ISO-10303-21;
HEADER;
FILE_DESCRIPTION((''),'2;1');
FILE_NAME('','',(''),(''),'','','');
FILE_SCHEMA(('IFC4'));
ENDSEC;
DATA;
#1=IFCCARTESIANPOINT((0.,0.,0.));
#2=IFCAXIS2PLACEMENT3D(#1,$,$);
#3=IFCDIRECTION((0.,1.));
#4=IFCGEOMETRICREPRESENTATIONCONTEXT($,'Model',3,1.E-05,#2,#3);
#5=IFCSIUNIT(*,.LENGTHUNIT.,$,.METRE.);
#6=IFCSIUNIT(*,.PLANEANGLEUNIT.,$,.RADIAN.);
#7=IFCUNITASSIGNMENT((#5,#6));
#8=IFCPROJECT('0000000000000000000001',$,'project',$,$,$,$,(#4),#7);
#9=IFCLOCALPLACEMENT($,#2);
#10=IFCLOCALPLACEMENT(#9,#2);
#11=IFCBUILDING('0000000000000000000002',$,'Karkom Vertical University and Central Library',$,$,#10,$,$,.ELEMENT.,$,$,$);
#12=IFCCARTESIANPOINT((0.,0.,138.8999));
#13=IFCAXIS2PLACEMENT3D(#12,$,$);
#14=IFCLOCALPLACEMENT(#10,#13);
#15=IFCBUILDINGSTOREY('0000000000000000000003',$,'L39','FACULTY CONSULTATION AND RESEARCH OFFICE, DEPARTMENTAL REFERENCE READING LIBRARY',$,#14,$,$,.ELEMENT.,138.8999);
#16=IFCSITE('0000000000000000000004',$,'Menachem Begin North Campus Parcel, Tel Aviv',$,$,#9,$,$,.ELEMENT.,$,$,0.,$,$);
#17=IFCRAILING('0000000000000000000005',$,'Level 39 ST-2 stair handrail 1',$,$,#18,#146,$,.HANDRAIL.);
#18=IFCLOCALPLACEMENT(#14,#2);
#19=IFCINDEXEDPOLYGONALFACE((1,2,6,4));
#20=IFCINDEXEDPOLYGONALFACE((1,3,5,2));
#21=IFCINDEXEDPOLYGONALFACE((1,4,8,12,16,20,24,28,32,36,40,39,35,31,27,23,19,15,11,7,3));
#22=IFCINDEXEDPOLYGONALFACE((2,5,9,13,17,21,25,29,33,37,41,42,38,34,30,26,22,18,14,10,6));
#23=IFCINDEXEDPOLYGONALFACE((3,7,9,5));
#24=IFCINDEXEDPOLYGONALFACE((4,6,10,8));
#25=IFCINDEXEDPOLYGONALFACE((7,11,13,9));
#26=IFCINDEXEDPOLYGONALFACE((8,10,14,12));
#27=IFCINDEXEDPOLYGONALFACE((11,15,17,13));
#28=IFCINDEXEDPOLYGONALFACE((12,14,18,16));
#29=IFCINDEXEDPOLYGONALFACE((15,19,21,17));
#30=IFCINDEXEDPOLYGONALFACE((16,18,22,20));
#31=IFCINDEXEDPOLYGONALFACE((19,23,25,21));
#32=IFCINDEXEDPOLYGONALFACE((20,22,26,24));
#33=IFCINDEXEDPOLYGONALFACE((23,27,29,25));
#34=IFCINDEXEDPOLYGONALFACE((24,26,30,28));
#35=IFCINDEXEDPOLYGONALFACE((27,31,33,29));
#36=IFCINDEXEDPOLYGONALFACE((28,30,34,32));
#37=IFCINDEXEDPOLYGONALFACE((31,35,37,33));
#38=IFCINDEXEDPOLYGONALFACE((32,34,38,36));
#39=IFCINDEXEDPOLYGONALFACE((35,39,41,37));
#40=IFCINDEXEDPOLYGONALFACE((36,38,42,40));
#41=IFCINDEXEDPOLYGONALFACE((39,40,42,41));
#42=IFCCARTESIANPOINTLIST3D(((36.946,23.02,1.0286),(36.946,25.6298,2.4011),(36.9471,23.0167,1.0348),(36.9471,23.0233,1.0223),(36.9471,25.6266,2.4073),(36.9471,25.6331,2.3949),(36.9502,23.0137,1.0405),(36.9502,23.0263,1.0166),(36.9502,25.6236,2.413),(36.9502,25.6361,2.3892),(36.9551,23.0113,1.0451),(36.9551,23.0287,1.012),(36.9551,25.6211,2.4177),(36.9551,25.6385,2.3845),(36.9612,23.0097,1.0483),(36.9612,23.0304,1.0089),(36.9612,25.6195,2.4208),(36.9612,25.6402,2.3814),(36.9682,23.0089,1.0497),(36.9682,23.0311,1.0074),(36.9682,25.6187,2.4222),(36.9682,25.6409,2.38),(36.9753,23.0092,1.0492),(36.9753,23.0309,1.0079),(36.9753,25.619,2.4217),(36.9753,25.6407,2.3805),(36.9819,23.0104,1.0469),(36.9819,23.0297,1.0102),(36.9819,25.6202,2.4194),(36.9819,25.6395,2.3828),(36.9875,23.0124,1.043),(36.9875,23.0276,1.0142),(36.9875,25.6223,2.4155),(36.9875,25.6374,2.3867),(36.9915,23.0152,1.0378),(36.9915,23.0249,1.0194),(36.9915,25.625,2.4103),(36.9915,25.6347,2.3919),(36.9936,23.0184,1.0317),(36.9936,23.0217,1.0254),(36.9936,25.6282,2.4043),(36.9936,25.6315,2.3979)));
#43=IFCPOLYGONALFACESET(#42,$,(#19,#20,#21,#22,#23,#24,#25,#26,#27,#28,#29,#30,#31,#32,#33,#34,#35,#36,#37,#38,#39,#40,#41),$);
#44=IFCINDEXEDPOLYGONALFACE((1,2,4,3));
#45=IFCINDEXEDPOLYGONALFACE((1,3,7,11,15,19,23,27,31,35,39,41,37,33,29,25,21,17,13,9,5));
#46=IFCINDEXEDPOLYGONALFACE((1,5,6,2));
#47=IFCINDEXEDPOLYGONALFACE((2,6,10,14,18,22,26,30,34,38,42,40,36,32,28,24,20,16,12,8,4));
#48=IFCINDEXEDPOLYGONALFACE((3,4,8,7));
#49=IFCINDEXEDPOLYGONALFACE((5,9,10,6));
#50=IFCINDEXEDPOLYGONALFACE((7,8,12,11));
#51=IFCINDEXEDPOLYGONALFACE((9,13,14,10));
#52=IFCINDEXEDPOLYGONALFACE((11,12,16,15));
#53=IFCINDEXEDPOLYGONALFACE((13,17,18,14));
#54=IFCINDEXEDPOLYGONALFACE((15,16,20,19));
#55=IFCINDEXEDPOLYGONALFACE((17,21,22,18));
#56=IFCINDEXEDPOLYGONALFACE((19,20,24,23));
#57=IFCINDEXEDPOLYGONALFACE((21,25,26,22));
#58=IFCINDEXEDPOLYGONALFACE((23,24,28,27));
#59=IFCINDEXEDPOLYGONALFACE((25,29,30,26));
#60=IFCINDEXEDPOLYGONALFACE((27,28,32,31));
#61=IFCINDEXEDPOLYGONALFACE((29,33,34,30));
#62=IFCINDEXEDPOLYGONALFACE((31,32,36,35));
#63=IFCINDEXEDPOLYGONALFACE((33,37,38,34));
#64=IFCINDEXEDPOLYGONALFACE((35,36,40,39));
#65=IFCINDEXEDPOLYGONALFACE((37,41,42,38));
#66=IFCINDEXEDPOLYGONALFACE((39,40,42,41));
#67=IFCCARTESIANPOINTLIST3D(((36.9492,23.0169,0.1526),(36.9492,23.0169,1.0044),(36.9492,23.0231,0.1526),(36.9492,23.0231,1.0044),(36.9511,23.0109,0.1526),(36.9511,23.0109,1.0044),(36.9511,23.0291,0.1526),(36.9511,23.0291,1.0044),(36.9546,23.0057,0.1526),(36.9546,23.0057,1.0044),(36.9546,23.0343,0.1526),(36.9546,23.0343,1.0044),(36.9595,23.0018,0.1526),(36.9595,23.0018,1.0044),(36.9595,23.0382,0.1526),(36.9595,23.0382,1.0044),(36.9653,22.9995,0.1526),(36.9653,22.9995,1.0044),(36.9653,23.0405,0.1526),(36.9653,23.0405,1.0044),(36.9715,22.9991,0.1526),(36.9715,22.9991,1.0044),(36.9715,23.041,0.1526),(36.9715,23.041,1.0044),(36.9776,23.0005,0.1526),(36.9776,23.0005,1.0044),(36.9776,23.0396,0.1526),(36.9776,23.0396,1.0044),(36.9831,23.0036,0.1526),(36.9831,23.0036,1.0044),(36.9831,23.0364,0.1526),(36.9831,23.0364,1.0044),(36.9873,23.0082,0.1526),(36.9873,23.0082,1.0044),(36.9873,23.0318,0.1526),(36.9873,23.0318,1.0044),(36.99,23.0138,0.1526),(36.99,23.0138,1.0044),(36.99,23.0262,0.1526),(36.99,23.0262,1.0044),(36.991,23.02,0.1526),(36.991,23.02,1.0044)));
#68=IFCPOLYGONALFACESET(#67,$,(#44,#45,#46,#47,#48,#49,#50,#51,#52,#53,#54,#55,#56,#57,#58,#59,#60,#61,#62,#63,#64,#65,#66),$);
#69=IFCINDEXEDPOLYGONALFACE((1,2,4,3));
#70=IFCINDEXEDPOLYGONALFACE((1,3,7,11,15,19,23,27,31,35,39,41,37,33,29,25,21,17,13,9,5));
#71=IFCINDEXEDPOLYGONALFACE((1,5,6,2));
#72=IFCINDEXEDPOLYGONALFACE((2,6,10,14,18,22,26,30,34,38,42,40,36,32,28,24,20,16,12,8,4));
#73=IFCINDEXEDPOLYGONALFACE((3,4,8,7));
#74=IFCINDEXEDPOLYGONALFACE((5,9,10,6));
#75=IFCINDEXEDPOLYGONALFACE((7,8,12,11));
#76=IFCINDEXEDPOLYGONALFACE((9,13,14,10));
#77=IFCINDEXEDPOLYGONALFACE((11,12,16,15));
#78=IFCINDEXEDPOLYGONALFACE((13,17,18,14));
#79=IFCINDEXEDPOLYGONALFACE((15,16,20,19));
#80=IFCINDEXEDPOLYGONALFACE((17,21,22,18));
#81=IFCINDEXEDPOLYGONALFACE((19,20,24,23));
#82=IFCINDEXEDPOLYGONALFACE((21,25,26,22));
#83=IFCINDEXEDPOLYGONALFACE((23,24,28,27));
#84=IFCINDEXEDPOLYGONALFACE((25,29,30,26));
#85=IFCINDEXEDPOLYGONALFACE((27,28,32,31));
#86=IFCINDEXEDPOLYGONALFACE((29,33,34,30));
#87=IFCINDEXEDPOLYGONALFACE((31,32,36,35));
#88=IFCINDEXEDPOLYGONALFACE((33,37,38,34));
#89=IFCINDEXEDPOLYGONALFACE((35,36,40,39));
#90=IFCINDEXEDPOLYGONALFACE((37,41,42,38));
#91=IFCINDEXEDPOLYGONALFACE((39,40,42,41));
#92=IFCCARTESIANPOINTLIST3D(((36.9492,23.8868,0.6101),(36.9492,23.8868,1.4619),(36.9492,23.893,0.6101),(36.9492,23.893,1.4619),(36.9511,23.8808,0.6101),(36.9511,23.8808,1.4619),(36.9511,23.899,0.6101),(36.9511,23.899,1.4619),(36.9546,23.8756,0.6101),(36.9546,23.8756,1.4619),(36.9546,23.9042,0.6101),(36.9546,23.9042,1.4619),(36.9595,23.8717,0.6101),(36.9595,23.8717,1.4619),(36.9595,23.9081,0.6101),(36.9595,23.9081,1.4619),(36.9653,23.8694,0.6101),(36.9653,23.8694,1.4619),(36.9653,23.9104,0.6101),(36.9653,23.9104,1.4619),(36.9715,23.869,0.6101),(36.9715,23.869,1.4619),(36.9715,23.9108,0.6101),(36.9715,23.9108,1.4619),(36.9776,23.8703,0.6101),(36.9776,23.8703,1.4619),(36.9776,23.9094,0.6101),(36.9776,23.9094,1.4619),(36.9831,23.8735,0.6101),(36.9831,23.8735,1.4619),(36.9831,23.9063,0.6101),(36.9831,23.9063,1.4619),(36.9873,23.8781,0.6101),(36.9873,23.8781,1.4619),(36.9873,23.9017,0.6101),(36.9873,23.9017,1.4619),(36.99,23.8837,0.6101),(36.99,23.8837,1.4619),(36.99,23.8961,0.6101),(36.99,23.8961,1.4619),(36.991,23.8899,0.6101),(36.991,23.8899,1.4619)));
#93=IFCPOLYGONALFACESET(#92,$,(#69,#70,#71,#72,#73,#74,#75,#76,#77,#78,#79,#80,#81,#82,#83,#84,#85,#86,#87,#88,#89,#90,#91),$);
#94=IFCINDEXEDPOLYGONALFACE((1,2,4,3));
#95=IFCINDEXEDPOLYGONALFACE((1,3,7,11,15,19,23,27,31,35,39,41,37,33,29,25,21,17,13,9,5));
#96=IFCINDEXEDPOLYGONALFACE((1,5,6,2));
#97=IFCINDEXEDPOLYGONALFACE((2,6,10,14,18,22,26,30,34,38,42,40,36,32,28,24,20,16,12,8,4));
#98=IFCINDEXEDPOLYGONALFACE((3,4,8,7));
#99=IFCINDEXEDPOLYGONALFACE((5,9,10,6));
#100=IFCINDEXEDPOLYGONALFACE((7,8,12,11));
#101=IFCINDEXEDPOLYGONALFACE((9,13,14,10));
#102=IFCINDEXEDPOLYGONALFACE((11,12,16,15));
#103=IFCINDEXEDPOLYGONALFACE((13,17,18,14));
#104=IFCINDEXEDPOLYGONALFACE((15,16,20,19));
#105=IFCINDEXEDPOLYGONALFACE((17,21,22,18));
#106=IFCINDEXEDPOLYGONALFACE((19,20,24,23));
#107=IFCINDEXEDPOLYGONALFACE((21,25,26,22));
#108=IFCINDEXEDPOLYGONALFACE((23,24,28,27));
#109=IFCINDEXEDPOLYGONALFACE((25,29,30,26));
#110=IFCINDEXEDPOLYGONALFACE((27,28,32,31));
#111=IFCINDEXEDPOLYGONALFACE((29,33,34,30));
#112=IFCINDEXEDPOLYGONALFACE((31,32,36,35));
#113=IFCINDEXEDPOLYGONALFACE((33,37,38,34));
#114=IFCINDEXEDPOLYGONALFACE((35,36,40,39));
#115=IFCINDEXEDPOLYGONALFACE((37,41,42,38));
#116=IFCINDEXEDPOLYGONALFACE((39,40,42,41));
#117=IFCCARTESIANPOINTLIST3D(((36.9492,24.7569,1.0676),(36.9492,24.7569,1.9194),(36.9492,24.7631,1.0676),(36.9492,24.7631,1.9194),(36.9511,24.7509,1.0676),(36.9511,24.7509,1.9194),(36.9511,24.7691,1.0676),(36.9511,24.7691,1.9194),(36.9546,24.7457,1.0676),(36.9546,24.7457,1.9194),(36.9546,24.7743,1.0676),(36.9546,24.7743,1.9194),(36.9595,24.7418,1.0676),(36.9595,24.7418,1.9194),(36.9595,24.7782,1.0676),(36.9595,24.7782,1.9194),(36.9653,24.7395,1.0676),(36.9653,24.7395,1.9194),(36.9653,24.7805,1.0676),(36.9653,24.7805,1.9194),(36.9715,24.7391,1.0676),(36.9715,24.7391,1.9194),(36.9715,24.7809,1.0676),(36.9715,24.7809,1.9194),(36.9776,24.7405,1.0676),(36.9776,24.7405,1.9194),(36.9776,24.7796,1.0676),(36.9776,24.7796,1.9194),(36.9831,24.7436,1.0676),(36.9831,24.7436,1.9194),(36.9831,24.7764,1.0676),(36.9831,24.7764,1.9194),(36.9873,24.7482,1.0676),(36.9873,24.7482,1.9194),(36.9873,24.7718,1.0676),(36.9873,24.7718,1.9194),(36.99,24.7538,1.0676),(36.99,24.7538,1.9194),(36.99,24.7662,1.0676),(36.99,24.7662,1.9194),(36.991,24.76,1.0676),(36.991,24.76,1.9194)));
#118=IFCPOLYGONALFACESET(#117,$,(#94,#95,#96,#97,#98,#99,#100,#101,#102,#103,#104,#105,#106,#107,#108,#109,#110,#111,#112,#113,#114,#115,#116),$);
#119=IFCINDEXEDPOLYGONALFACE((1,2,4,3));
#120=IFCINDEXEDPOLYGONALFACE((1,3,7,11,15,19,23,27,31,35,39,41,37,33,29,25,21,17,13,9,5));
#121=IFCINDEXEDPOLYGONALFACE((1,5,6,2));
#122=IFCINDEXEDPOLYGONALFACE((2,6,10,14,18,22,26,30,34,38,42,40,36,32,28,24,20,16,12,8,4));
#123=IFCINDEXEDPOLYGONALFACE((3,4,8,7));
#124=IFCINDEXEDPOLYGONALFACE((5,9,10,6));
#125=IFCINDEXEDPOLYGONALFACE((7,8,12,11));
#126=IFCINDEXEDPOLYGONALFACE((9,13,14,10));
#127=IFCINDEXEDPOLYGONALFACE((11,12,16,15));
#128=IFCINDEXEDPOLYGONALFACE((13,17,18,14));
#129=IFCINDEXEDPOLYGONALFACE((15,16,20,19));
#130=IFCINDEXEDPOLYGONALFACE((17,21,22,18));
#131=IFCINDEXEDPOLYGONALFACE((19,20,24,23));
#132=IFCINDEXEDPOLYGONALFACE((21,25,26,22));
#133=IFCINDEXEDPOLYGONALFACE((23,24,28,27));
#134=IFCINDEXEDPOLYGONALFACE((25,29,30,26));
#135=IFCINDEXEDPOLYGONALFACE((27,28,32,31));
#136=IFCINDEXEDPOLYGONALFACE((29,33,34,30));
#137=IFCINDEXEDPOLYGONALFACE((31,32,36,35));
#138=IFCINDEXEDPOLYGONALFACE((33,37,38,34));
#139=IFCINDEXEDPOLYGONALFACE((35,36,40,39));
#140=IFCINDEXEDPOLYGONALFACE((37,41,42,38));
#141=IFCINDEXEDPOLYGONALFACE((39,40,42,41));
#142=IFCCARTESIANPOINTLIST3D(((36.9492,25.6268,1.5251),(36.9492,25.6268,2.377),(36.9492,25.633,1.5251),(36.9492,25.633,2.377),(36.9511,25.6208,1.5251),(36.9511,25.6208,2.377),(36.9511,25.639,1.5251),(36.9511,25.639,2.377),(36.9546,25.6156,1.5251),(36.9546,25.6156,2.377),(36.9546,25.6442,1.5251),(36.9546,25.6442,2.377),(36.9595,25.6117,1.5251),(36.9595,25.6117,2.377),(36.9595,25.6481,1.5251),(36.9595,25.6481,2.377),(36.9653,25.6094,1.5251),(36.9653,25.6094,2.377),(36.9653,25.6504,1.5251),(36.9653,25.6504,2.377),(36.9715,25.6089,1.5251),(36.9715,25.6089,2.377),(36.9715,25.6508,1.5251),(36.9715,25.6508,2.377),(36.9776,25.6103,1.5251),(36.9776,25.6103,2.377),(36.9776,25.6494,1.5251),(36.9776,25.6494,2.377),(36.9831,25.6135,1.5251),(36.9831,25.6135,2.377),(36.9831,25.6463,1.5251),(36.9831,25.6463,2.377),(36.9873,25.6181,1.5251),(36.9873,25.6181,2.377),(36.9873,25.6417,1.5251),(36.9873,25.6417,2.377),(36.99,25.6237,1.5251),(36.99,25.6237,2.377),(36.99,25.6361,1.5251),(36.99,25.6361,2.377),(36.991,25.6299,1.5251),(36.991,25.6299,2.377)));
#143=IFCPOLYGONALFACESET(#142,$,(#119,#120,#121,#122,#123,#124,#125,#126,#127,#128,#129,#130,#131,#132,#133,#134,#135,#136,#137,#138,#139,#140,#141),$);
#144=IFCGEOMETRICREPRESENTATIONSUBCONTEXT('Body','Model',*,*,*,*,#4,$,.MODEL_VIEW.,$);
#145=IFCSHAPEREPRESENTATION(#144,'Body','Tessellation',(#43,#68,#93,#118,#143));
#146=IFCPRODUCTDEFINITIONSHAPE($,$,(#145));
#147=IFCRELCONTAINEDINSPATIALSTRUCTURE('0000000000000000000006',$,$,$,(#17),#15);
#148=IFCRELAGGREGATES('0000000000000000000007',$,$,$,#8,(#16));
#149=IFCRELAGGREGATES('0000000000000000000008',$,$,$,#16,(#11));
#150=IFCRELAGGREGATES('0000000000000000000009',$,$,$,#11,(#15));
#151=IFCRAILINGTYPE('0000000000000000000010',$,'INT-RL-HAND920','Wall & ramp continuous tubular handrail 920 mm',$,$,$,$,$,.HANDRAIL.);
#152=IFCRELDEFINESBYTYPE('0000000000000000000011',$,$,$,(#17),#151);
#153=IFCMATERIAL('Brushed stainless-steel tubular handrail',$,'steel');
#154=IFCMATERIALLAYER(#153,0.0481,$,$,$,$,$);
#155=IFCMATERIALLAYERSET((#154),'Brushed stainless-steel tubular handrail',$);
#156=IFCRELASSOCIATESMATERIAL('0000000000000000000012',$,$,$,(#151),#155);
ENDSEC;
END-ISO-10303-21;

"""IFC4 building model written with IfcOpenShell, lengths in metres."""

from ifc_helpers import new_model, si_unit, direction, frame, origin, origin_2d, place, context, subcontext, project, spatial, circle, extrude, material, layer, layer_set, type_object, element, save


model = new_model("IFC4")

# Units and contexts
model_context = context("Model", 3, precision=1e-05, world=origin(), true_north=direction((0.0, 1.0)))
body_context = subcontext(model_context, "Body", "Model", "MODEL_VIEW")
ifc_project = project(units=[si_unit("LENGTHUNIT", "METRE"), si_unit("PLANEANGLEUNIT", "RADIAN")], contexts=[model_context])

# Site, building, storey
site_placement = place(None, origin())
site = spatial("IfcSite", under=ifc_project, at=site_placement, Name="Menachem Begin North Campus Parcel, Tel Aviv", CompositionType="ELEMENT", RefElevation=0.0)
building_placement = place(site_placement, origin())
building = spatial("IfcBuilding", under=site, at=building_placement, Name="Karkom Vertical University and Central Library", CompositionType="ELEMENT")
storey_placement = place(building_placement, frame((0.0, 0.0, 138.8999)))
storey = spatial("IfcBuildingStorey", under=building, at=storey_placement, Name="L39", Description="FACULTY CONSULTATION AND RESEARCH OFFICE, DEPARTMENTAL REFERENCE READING LIBRARY", CompositionType="ELEMENT", Elevation=138.8999)

# Railing
ifc_material_1 = material(Name="Brushed stainless-steel tubular handrail", Category="steel")
ifc_layer_1 = layer(ifc_material_1, 0.0481)
ifc_layer_set_1 = layer_set([ifc_layer_1], Name="Brushed stainless-steel tubular handrail")
railing_type_1 = type_object("IfcRailingType", Name="INT-RL-HAND920", Description="Wall & ramp continuous tubular handrail 920 mm", PredefinedType="HANDRAIL", material=ifc_layer_set_1)
railing_1_placement = place(storey_placement, frame((36.97, 23.02, 0.1526)))
element("IfcRailing", 1, at=railing_1_placement, inside=storey, type_object=railing_type_1, Name="Level 39 ST-2 stair handrail 1", PredefinedType="HANDRAIL", context=body_context, shape_type="SweptSolid", body=[
    extrude(circle(Radius=0.0239, at=origin_2d()), frame((0.0, 0.0, 0.876), z_axis=(0.0, 0.885065, 0.465467), x_axis=(-1.0, 0.0, 0.0)), (0.0, 0.0, 1.0), 2.9487),
    extrude(circle(Radius=0.021, at=origin_2d()), origin(), (0.0, 0.0, 1.0), 0.8518),
    extrude(circle(Radius=0.021, at=origin_2d()), frame((0.0, 0.8699, 0.4575)), (0.0, 0.0, 1.0), 0.8518),
    extrude(circle(Radius=0.021, at=origin_2d()), frame((0.0, 1.74, 0.915)), (0.0, 0.0, 1.0), 0.8518),
    extrude(circle(Radius=0.021, at=origin_2d()), frame((0.0, 2.6099, 1.3726)), (0.0, 0.0, 1.0), 0.8518),
])

save(model, "model.ifc")
